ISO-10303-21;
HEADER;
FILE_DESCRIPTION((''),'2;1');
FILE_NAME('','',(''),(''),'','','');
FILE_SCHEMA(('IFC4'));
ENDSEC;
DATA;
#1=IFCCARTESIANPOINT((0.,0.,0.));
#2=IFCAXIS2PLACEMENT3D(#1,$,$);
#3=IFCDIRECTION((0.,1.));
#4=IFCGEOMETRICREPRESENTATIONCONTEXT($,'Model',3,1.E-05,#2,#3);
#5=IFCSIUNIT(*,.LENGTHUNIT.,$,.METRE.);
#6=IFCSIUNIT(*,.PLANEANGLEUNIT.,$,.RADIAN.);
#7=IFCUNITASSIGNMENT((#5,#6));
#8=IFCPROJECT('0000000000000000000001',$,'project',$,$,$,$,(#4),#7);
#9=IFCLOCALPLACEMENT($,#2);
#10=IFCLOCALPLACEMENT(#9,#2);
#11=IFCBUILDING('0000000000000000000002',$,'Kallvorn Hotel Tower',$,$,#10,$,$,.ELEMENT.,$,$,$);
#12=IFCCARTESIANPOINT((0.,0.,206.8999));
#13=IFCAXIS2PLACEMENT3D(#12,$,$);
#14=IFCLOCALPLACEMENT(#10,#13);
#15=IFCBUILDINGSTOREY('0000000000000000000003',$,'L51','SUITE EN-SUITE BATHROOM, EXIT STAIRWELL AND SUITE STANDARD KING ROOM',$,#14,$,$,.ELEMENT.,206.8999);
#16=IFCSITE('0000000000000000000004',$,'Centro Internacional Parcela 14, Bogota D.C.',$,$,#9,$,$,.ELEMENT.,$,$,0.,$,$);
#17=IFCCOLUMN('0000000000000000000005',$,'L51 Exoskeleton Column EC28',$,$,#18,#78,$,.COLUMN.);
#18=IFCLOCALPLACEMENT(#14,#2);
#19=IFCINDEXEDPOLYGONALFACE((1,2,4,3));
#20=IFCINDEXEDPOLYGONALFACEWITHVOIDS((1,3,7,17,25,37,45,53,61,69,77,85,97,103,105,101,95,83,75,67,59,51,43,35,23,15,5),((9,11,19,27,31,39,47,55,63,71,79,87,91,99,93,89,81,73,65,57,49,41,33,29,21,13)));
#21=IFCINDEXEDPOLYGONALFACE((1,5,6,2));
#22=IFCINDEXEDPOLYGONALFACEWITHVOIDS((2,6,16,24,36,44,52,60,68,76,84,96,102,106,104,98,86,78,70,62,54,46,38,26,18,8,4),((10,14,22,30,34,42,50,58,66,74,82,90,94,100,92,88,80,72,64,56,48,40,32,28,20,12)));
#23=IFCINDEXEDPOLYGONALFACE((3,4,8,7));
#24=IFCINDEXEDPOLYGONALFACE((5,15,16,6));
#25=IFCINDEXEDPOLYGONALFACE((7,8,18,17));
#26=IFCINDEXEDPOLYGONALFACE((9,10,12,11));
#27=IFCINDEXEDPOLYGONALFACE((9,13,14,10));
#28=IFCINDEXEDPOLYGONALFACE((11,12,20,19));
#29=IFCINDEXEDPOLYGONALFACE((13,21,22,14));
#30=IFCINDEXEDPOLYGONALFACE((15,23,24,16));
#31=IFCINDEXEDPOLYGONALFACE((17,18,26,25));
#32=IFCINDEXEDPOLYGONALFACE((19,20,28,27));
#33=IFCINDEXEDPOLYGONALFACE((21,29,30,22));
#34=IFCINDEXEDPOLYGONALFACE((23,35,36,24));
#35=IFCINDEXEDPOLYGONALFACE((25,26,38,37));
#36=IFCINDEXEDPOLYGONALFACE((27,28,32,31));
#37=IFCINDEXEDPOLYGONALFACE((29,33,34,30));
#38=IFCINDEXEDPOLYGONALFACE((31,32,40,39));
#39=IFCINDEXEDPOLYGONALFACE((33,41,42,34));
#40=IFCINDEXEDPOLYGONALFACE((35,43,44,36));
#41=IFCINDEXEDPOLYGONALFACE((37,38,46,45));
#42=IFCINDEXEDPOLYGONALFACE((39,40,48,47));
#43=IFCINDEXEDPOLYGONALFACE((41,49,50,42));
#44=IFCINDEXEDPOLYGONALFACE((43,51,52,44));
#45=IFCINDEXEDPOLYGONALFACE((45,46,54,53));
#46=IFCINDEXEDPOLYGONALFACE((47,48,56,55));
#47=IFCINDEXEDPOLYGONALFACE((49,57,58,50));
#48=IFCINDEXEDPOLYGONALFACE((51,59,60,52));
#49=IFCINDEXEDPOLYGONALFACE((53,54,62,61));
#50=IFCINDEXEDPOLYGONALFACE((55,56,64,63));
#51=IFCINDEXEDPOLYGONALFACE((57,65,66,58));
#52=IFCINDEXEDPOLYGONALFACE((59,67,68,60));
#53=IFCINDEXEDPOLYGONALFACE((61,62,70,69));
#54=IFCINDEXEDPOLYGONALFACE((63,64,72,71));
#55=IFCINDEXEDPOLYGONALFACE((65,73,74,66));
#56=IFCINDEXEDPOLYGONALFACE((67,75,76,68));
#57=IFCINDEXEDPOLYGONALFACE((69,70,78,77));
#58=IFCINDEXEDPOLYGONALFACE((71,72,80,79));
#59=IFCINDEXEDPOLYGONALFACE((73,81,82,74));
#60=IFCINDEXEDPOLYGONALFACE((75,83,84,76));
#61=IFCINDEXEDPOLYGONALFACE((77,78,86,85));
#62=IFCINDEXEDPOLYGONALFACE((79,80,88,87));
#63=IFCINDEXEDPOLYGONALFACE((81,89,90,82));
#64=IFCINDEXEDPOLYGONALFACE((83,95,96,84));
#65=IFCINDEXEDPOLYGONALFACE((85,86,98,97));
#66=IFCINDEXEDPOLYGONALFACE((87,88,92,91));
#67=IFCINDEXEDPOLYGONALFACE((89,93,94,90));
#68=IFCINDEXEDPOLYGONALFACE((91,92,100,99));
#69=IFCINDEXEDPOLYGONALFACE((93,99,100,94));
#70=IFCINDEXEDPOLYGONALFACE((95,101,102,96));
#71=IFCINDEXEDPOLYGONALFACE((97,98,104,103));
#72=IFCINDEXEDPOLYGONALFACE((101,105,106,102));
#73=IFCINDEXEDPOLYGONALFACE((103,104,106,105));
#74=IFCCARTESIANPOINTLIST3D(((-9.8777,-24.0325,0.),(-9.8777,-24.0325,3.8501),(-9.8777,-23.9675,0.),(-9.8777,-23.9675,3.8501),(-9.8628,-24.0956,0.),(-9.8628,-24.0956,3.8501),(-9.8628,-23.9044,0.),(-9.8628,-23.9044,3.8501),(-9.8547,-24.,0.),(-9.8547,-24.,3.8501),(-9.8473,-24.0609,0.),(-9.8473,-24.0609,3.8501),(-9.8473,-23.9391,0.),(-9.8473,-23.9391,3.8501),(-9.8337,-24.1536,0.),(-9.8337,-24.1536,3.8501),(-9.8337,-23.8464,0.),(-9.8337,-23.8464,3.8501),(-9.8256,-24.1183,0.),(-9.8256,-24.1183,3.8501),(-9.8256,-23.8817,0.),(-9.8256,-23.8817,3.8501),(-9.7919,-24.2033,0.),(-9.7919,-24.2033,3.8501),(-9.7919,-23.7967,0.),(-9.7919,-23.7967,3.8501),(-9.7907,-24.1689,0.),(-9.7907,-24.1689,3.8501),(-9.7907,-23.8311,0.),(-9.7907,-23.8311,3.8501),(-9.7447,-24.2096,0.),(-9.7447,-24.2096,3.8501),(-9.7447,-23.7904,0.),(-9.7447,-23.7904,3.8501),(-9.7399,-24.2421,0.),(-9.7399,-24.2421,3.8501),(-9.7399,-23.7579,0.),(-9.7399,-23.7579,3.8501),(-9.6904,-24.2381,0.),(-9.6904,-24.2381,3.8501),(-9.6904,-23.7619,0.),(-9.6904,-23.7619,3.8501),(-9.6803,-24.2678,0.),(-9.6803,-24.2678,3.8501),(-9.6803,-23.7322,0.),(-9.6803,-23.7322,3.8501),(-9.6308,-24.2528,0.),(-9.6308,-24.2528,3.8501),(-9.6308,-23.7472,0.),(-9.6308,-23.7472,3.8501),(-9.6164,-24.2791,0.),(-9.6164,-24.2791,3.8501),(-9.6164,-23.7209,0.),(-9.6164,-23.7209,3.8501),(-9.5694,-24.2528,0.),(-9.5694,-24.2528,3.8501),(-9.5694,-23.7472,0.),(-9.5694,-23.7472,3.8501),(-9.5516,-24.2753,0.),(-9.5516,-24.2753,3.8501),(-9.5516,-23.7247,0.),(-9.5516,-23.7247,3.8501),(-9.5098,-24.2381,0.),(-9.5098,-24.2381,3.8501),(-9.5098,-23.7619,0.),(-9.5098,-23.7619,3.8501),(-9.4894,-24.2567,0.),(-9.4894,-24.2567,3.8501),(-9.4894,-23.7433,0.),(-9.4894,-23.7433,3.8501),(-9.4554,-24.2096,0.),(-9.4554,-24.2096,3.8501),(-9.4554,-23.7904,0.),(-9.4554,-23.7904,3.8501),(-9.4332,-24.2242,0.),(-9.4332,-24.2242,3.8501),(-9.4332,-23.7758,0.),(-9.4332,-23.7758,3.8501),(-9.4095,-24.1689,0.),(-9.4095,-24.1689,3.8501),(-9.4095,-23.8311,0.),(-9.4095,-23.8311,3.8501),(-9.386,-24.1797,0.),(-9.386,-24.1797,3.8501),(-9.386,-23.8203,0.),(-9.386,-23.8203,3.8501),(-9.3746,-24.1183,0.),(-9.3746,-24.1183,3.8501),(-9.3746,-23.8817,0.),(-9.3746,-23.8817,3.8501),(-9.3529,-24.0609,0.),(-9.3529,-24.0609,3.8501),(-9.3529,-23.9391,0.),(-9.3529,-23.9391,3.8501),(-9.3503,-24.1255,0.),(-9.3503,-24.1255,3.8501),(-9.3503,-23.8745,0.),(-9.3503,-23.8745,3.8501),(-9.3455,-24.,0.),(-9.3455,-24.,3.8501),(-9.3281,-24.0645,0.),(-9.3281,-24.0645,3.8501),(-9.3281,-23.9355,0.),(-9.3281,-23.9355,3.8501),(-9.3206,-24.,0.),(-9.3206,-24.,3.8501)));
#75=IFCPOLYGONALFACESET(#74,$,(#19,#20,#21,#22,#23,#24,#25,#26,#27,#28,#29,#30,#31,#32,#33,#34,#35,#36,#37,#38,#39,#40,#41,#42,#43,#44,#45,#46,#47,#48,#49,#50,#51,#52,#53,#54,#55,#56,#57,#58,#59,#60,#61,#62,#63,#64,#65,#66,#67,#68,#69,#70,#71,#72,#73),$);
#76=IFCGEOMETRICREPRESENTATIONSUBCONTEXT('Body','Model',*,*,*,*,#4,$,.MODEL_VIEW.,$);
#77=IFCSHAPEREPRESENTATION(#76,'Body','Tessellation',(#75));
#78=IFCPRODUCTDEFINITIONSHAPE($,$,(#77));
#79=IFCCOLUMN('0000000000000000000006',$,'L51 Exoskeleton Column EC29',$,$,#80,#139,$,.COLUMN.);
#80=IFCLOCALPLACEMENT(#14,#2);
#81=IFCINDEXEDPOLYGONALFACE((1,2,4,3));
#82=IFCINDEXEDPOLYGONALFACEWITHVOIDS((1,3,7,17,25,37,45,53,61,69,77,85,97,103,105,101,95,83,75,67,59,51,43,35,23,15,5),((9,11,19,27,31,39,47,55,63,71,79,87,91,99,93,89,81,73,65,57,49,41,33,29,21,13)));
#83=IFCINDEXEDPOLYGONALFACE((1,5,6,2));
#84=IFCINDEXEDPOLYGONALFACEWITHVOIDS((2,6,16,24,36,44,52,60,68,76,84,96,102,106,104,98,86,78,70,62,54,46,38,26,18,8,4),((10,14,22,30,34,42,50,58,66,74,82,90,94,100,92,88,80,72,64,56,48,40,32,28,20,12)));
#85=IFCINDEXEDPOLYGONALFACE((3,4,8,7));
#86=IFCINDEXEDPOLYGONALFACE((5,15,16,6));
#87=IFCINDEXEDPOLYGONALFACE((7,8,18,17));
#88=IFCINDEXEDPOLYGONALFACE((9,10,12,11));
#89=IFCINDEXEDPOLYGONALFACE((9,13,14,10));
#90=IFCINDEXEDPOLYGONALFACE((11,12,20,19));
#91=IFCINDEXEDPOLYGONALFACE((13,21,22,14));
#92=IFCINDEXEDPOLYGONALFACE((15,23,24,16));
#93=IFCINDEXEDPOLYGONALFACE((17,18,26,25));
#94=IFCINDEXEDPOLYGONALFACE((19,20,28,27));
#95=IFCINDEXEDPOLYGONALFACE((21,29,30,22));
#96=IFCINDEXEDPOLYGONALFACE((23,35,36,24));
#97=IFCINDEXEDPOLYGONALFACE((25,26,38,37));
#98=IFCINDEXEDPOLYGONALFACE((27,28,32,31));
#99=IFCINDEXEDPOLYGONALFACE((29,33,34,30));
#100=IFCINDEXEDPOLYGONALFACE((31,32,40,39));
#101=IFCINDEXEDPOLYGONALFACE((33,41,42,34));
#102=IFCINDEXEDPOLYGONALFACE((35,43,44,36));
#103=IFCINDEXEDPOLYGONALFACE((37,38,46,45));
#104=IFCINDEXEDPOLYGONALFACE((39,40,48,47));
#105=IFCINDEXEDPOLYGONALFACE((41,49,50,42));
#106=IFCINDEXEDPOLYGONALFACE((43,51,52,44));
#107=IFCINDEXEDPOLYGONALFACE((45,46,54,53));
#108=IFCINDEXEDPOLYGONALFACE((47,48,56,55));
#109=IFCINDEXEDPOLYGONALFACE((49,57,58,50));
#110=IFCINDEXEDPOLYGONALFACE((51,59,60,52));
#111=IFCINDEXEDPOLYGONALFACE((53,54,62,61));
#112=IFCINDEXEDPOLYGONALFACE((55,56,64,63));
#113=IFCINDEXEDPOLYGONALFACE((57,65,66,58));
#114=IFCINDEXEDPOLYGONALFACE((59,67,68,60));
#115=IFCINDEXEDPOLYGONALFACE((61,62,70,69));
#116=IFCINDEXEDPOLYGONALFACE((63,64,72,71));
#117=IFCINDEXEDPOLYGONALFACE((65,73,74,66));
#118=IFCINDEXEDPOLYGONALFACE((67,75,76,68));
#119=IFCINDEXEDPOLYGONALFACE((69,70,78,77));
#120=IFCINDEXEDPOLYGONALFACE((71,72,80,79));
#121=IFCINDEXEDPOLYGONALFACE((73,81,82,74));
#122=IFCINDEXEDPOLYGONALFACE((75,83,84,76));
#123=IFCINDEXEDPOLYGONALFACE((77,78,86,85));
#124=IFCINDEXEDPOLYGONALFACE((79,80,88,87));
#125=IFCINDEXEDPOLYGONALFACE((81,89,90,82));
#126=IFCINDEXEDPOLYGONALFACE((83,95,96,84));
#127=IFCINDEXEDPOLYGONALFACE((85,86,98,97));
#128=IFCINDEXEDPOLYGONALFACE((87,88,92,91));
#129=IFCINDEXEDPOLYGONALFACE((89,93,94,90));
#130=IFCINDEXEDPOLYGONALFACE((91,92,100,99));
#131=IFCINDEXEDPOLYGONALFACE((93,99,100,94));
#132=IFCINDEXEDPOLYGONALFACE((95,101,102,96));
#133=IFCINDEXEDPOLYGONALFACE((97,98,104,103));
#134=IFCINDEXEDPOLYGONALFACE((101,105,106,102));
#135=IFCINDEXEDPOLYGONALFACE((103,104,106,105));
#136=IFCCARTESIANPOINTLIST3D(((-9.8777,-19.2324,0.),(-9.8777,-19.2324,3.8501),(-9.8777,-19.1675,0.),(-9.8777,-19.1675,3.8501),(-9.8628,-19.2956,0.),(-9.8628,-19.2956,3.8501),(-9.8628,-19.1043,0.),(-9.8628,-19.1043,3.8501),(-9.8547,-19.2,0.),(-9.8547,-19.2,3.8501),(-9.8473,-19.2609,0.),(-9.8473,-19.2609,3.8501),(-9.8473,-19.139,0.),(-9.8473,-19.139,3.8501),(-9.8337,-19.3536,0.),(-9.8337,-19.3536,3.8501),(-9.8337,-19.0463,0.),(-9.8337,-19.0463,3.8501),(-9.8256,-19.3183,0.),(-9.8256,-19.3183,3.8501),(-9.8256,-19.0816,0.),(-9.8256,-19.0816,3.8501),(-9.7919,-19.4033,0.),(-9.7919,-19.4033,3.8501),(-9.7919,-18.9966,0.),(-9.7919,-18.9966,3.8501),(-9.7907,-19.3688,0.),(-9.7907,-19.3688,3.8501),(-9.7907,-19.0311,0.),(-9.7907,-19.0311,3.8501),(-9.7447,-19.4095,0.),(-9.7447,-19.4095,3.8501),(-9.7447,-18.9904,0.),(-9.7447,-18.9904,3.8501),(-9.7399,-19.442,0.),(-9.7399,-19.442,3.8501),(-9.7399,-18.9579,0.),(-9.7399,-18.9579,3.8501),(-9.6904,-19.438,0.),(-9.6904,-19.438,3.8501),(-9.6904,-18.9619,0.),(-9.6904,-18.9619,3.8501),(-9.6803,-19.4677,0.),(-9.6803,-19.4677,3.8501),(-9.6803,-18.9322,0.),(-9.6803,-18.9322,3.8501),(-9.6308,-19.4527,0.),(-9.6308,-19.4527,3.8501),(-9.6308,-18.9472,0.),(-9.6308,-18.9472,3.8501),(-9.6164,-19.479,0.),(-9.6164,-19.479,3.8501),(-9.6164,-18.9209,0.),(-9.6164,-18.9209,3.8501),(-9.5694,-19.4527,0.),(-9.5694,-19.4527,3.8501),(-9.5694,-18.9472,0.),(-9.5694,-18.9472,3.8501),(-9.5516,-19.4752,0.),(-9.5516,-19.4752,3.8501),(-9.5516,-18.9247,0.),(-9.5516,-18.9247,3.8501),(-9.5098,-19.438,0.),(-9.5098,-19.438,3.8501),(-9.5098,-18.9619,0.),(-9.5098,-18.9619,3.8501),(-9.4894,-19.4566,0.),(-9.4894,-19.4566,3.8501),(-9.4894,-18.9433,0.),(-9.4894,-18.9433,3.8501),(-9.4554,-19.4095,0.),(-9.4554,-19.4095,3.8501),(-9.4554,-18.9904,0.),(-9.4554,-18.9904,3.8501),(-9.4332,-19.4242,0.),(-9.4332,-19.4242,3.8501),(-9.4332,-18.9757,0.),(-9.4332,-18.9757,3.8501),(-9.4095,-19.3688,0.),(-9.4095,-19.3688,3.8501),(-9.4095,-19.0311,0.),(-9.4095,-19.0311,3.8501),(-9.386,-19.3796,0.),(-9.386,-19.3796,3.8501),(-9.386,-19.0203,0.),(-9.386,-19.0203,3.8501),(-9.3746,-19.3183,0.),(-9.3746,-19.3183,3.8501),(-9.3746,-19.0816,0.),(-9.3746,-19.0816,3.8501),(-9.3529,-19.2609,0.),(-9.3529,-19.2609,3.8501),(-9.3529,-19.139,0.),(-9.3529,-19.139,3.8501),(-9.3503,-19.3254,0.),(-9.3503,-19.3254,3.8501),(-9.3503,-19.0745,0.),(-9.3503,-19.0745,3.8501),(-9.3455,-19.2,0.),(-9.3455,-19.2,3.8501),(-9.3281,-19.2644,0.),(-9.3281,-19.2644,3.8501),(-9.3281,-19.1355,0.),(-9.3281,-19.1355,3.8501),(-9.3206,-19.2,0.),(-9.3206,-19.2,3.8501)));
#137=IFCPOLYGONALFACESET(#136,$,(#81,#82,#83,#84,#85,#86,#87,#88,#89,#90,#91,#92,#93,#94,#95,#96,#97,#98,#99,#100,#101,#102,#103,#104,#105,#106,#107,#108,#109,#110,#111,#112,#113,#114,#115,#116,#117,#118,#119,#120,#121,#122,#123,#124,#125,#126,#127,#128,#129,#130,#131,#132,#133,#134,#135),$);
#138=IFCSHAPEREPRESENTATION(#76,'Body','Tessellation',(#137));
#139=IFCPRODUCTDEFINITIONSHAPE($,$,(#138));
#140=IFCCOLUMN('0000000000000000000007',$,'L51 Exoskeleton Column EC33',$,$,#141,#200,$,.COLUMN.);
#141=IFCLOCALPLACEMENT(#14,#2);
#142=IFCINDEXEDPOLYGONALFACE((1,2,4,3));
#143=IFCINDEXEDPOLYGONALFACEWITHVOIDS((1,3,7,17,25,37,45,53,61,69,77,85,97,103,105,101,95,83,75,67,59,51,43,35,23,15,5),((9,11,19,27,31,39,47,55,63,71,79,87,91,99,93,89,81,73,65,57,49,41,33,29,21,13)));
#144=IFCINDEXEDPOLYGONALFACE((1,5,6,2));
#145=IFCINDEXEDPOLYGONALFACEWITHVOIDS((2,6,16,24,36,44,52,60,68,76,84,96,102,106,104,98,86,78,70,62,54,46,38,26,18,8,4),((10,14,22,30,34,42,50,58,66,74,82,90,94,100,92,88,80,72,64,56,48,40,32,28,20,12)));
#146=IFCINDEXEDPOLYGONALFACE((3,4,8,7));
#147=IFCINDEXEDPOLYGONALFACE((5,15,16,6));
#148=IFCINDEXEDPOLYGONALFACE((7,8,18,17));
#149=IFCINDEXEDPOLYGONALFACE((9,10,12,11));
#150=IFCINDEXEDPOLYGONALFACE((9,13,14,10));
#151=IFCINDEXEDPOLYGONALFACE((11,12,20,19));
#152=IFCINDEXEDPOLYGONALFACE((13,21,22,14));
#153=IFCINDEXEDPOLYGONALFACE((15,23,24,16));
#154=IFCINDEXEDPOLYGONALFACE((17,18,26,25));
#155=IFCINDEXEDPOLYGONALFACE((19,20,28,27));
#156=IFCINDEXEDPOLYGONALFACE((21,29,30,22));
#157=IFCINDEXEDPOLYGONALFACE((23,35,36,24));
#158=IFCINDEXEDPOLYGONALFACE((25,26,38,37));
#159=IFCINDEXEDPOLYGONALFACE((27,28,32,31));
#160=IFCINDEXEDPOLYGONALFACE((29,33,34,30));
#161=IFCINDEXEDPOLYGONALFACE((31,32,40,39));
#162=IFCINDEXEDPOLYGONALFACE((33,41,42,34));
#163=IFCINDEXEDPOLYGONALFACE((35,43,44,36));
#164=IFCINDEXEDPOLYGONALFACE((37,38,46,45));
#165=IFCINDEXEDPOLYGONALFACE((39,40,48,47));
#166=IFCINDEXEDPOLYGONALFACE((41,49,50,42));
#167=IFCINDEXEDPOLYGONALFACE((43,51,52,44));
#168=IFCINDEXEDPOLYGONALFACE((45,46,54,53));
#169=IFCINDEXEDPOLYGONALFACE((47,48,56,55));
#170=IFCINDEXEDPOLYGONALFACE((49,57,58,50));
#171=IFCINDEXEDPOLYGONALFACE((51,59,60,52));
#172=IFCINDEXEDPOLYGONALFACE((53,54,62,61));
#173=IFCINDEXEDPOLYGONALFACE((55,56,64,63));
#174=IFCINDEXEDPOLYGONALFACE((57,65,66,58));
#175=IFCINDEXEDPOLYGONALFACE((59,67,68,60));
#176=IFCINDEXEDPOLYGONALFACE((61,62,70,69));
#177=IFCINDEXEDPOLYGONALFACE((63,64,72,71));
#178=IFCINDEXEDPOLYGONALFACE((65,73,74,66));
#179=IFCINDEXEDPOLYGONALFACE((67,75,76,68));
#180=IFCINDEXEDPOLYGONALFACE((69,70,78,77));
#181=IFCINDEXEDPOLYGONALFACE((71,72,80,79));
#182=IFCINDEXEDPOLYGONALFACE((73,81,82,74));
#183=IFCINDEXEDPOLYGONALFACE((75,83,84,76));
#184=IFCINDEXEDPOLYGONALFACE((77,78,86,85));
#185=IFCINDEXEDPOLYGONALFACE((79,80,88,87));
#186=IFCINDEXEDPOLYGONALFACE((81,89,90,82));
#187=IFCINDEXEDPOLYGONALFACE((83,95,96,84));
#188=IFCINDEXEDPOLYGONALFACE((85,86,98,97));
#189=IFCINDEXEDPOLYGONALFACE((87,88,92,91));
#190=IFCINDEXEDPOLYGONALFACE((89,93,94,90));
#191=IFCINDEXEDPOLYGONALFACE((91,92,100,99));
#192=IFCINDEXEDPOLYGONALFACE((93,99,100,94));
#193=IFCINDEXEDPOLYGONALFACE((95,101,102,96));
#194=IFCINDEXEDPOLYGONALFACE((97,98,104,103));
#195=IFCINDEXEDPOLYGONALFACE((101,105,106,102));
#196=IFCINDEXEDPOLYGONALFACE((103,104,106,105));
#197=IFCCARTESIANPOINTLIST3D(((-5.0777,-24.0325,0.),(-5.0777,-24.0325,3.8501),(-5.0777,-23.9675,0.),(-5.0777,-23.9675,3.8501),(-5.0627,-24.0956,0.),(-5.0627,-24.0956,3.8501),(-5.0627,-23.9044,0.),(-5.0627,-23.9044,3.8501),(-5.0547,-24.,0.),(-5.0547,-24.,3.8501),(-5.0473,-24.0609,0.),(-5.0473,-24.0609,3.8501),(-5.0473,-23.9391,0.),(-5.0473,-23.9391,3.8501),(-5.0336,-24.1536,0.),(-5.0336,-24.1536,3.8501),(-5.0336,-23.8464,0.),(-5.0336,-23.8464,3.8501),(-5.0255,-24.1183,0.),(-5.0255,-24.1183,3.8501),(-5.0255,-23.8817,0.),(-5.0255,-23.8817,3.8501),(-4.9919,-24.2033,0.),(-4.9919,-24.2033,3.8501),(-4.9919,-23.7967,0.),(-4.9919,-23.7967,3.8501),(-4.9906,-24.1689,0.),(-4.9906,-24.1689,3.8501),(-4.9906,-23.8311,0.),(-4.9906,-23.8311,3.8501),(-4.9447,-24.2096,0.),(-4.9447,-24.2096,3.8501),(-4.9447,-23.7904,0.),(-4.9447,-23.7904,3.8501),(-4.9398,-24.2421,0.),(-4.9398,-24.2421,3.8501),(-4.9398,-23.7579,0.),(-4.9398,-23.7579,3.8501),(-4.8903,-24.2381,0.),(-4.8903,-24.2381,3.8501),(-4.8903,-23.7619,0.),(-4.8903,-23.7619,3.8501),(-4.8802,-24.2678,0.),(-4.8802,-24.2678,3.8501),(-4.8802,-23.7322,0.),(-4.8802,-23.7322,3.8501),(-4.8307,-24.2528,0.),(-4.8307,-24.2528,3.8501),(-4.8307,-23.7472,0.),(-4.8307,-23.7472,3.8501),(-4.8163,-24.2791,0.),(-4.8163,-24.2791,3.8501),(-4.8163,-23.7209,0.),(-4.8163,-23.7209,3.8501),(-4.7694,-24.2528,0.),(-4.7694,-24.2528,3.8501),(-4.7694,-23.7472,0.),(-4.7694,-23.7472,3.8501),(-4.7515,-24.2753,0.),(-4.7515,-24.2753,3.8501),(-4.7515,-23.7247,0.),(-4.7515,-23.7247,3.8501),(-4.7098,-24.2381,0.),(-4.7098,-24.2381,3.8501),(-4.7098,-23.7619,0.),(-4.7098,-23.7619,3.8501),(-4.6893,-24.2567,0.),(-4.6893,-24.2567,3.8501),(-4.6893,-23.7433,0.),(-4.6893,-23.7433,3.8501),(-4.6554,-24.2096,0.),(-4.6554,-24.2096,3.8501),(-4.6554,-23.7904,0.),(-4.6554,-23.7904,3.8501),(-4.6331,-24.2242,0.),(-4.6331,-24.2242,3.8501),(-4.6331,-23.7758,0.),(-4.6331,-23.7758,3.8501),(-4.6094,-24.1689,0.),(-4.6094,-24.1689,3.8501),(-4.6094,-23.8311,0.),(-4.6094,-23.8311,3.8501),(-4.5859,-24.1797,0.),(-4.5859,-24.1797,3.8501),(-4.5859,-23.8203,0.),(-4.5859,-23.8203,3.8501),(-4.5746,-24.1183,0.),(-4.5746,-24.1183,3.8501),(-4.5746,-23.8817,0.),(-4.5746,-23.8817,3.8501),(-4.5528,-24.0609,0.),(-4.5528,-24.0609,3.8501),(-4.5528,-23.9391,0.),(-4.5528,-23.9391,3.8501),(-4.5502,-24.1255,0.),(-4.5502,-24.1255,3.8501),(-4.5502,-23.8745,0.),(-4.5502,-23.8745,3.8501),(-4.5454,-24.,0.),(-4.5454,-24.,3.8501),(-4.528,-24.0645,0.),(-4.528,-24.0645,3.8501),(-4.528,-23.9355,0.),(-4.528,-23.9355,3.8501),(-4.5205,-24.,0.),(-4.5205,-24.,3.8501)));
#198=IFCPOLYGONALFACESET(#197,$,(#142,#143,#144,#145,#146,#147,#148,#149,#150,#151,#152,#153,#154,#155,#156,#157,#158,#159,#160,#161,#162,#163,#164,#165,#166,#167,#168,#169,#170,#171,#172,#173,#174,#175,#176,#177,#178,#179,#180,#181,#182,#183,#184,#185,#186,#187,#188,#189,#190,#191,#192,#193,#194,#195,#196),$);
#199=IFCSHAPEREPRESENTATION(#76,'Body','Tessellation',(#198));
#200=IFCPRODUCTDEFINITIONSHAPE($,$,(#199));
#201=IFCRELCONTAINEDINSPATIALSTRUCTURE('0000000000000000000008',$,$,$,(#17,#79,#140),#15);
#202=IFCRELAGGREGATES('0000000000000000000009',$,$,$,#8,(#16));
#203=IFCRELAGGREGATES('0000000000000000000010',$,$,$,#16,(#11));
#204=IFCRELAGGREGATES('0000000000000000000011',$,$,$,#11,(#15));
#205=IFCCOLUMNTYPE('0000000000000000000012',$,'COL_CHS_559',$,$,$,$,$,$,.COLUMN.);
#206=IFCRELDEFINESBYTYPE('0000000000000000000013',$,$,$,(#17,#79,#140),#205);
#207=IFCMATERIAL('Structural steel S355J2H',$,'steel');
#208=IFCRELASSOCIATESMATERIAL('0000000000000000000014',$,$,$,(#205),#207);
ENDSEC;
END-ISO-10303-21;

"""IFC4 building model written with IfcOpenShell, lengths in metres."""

from ifc_helpers import new_model, si_unit, direction, frame, origin, origin_2d, place, context, subcontext, project, spatial, hollow_circle, extrude, material, material_profile, profile_set, type_object, element, save


model = new_model("IFC4")

# Units and contexts
model_context = context("Model", 3, precision=1e-05, world=origin(), true_north=direction((0.0, 1.0)))
body_context = subcontext(model_context, "Body", "Model", "MODEL_VIEW")
ifc_project = project(units=[si_unit("LENGTHUNIT", "METRE"), si_unit("PLANEANGLEUNIT", "RADIAN")], contexts=[model_context])

# Site, building, storey
site_placement = place(None, origin())
site = spatial("IfcSite", under=ifc_project, at=site_placement, Name="Centro Internacional Parcela 14, Bogota D.C.", CompositionType="ELEMENT", RefElevation=0.0)
building_placement = place(site_placement, origin())
building = spatial("IfcBuilding", under=site, at=building_placement, Name="Kallvorn Hotel Tower", CompositionType="ELEMENT")
storey_placement = place(building_placement, frame((0.0, 0.0, 206.8999)))
storey = spatial("IfcBuildingStorey", under=building, at=storey_placement, Name="L51", Description="SUITE EN-SUITE BATHROOM, EXIT STAIRWELL AND SUITE STANDARD KING ROOM", CompositionType="ELEMENT", Elevation=206.8999)

# Columns
ifc_material_1 = material(Name="Structural steel S355J2H", Category="steel")
ifc_material_profile_1 = material_profile(ifc_material_1, hollow_circle(Radius=0.2795, WallThickness=0.0249, at=origin_2d()), Name="CHS 559x25")
ifc_profile_set_1 = profile_set([ifc_material_profile_1], Name="Structural steel S355J2H")
column_type_1 = type_object("IfcColumnType", Name="COL_CHS_559", PredefinedType="COLUMN", material=ifc_profile_set_1)
for number, where, z_axis, x_axis, name in (
    (1, (-9.6001, -24.0, 0.0), (0.0, 0.0, 1.0), (1.0, 0.0, 0.0), "L51 Exoskeleton Column EC28"),
    (2, (-9.6001, -19.2, 0.0), (0.0, 0.0, 1.0), (1.0, 0.0, 0.0), "L51 Exoskeleton Column EC29"),
    (3, (-4.8, -24.0, 0.0), (0.0, 0.0, 1.0), (1.0, 0.0, 0.0), "L51 Exoskeleton Column EC33"),
):
    element("IfcColumn", number, at=place(storey_placement, frame(where, z_axis=z_axis, x_axis=x_axis)), inside=storey, type_object=column_type_1, Name=name, PredefinedType="COLUMN", context=body_context, shape_type="SweptSolid", body=[
        extrude(hollow_circle(Radius=0.2795, WallThickness=0.0249, at=origin_2d()), origin(), (0.0, 0.0, 1.0), 3.8501),
    ])

save(model, "model.ifc")
